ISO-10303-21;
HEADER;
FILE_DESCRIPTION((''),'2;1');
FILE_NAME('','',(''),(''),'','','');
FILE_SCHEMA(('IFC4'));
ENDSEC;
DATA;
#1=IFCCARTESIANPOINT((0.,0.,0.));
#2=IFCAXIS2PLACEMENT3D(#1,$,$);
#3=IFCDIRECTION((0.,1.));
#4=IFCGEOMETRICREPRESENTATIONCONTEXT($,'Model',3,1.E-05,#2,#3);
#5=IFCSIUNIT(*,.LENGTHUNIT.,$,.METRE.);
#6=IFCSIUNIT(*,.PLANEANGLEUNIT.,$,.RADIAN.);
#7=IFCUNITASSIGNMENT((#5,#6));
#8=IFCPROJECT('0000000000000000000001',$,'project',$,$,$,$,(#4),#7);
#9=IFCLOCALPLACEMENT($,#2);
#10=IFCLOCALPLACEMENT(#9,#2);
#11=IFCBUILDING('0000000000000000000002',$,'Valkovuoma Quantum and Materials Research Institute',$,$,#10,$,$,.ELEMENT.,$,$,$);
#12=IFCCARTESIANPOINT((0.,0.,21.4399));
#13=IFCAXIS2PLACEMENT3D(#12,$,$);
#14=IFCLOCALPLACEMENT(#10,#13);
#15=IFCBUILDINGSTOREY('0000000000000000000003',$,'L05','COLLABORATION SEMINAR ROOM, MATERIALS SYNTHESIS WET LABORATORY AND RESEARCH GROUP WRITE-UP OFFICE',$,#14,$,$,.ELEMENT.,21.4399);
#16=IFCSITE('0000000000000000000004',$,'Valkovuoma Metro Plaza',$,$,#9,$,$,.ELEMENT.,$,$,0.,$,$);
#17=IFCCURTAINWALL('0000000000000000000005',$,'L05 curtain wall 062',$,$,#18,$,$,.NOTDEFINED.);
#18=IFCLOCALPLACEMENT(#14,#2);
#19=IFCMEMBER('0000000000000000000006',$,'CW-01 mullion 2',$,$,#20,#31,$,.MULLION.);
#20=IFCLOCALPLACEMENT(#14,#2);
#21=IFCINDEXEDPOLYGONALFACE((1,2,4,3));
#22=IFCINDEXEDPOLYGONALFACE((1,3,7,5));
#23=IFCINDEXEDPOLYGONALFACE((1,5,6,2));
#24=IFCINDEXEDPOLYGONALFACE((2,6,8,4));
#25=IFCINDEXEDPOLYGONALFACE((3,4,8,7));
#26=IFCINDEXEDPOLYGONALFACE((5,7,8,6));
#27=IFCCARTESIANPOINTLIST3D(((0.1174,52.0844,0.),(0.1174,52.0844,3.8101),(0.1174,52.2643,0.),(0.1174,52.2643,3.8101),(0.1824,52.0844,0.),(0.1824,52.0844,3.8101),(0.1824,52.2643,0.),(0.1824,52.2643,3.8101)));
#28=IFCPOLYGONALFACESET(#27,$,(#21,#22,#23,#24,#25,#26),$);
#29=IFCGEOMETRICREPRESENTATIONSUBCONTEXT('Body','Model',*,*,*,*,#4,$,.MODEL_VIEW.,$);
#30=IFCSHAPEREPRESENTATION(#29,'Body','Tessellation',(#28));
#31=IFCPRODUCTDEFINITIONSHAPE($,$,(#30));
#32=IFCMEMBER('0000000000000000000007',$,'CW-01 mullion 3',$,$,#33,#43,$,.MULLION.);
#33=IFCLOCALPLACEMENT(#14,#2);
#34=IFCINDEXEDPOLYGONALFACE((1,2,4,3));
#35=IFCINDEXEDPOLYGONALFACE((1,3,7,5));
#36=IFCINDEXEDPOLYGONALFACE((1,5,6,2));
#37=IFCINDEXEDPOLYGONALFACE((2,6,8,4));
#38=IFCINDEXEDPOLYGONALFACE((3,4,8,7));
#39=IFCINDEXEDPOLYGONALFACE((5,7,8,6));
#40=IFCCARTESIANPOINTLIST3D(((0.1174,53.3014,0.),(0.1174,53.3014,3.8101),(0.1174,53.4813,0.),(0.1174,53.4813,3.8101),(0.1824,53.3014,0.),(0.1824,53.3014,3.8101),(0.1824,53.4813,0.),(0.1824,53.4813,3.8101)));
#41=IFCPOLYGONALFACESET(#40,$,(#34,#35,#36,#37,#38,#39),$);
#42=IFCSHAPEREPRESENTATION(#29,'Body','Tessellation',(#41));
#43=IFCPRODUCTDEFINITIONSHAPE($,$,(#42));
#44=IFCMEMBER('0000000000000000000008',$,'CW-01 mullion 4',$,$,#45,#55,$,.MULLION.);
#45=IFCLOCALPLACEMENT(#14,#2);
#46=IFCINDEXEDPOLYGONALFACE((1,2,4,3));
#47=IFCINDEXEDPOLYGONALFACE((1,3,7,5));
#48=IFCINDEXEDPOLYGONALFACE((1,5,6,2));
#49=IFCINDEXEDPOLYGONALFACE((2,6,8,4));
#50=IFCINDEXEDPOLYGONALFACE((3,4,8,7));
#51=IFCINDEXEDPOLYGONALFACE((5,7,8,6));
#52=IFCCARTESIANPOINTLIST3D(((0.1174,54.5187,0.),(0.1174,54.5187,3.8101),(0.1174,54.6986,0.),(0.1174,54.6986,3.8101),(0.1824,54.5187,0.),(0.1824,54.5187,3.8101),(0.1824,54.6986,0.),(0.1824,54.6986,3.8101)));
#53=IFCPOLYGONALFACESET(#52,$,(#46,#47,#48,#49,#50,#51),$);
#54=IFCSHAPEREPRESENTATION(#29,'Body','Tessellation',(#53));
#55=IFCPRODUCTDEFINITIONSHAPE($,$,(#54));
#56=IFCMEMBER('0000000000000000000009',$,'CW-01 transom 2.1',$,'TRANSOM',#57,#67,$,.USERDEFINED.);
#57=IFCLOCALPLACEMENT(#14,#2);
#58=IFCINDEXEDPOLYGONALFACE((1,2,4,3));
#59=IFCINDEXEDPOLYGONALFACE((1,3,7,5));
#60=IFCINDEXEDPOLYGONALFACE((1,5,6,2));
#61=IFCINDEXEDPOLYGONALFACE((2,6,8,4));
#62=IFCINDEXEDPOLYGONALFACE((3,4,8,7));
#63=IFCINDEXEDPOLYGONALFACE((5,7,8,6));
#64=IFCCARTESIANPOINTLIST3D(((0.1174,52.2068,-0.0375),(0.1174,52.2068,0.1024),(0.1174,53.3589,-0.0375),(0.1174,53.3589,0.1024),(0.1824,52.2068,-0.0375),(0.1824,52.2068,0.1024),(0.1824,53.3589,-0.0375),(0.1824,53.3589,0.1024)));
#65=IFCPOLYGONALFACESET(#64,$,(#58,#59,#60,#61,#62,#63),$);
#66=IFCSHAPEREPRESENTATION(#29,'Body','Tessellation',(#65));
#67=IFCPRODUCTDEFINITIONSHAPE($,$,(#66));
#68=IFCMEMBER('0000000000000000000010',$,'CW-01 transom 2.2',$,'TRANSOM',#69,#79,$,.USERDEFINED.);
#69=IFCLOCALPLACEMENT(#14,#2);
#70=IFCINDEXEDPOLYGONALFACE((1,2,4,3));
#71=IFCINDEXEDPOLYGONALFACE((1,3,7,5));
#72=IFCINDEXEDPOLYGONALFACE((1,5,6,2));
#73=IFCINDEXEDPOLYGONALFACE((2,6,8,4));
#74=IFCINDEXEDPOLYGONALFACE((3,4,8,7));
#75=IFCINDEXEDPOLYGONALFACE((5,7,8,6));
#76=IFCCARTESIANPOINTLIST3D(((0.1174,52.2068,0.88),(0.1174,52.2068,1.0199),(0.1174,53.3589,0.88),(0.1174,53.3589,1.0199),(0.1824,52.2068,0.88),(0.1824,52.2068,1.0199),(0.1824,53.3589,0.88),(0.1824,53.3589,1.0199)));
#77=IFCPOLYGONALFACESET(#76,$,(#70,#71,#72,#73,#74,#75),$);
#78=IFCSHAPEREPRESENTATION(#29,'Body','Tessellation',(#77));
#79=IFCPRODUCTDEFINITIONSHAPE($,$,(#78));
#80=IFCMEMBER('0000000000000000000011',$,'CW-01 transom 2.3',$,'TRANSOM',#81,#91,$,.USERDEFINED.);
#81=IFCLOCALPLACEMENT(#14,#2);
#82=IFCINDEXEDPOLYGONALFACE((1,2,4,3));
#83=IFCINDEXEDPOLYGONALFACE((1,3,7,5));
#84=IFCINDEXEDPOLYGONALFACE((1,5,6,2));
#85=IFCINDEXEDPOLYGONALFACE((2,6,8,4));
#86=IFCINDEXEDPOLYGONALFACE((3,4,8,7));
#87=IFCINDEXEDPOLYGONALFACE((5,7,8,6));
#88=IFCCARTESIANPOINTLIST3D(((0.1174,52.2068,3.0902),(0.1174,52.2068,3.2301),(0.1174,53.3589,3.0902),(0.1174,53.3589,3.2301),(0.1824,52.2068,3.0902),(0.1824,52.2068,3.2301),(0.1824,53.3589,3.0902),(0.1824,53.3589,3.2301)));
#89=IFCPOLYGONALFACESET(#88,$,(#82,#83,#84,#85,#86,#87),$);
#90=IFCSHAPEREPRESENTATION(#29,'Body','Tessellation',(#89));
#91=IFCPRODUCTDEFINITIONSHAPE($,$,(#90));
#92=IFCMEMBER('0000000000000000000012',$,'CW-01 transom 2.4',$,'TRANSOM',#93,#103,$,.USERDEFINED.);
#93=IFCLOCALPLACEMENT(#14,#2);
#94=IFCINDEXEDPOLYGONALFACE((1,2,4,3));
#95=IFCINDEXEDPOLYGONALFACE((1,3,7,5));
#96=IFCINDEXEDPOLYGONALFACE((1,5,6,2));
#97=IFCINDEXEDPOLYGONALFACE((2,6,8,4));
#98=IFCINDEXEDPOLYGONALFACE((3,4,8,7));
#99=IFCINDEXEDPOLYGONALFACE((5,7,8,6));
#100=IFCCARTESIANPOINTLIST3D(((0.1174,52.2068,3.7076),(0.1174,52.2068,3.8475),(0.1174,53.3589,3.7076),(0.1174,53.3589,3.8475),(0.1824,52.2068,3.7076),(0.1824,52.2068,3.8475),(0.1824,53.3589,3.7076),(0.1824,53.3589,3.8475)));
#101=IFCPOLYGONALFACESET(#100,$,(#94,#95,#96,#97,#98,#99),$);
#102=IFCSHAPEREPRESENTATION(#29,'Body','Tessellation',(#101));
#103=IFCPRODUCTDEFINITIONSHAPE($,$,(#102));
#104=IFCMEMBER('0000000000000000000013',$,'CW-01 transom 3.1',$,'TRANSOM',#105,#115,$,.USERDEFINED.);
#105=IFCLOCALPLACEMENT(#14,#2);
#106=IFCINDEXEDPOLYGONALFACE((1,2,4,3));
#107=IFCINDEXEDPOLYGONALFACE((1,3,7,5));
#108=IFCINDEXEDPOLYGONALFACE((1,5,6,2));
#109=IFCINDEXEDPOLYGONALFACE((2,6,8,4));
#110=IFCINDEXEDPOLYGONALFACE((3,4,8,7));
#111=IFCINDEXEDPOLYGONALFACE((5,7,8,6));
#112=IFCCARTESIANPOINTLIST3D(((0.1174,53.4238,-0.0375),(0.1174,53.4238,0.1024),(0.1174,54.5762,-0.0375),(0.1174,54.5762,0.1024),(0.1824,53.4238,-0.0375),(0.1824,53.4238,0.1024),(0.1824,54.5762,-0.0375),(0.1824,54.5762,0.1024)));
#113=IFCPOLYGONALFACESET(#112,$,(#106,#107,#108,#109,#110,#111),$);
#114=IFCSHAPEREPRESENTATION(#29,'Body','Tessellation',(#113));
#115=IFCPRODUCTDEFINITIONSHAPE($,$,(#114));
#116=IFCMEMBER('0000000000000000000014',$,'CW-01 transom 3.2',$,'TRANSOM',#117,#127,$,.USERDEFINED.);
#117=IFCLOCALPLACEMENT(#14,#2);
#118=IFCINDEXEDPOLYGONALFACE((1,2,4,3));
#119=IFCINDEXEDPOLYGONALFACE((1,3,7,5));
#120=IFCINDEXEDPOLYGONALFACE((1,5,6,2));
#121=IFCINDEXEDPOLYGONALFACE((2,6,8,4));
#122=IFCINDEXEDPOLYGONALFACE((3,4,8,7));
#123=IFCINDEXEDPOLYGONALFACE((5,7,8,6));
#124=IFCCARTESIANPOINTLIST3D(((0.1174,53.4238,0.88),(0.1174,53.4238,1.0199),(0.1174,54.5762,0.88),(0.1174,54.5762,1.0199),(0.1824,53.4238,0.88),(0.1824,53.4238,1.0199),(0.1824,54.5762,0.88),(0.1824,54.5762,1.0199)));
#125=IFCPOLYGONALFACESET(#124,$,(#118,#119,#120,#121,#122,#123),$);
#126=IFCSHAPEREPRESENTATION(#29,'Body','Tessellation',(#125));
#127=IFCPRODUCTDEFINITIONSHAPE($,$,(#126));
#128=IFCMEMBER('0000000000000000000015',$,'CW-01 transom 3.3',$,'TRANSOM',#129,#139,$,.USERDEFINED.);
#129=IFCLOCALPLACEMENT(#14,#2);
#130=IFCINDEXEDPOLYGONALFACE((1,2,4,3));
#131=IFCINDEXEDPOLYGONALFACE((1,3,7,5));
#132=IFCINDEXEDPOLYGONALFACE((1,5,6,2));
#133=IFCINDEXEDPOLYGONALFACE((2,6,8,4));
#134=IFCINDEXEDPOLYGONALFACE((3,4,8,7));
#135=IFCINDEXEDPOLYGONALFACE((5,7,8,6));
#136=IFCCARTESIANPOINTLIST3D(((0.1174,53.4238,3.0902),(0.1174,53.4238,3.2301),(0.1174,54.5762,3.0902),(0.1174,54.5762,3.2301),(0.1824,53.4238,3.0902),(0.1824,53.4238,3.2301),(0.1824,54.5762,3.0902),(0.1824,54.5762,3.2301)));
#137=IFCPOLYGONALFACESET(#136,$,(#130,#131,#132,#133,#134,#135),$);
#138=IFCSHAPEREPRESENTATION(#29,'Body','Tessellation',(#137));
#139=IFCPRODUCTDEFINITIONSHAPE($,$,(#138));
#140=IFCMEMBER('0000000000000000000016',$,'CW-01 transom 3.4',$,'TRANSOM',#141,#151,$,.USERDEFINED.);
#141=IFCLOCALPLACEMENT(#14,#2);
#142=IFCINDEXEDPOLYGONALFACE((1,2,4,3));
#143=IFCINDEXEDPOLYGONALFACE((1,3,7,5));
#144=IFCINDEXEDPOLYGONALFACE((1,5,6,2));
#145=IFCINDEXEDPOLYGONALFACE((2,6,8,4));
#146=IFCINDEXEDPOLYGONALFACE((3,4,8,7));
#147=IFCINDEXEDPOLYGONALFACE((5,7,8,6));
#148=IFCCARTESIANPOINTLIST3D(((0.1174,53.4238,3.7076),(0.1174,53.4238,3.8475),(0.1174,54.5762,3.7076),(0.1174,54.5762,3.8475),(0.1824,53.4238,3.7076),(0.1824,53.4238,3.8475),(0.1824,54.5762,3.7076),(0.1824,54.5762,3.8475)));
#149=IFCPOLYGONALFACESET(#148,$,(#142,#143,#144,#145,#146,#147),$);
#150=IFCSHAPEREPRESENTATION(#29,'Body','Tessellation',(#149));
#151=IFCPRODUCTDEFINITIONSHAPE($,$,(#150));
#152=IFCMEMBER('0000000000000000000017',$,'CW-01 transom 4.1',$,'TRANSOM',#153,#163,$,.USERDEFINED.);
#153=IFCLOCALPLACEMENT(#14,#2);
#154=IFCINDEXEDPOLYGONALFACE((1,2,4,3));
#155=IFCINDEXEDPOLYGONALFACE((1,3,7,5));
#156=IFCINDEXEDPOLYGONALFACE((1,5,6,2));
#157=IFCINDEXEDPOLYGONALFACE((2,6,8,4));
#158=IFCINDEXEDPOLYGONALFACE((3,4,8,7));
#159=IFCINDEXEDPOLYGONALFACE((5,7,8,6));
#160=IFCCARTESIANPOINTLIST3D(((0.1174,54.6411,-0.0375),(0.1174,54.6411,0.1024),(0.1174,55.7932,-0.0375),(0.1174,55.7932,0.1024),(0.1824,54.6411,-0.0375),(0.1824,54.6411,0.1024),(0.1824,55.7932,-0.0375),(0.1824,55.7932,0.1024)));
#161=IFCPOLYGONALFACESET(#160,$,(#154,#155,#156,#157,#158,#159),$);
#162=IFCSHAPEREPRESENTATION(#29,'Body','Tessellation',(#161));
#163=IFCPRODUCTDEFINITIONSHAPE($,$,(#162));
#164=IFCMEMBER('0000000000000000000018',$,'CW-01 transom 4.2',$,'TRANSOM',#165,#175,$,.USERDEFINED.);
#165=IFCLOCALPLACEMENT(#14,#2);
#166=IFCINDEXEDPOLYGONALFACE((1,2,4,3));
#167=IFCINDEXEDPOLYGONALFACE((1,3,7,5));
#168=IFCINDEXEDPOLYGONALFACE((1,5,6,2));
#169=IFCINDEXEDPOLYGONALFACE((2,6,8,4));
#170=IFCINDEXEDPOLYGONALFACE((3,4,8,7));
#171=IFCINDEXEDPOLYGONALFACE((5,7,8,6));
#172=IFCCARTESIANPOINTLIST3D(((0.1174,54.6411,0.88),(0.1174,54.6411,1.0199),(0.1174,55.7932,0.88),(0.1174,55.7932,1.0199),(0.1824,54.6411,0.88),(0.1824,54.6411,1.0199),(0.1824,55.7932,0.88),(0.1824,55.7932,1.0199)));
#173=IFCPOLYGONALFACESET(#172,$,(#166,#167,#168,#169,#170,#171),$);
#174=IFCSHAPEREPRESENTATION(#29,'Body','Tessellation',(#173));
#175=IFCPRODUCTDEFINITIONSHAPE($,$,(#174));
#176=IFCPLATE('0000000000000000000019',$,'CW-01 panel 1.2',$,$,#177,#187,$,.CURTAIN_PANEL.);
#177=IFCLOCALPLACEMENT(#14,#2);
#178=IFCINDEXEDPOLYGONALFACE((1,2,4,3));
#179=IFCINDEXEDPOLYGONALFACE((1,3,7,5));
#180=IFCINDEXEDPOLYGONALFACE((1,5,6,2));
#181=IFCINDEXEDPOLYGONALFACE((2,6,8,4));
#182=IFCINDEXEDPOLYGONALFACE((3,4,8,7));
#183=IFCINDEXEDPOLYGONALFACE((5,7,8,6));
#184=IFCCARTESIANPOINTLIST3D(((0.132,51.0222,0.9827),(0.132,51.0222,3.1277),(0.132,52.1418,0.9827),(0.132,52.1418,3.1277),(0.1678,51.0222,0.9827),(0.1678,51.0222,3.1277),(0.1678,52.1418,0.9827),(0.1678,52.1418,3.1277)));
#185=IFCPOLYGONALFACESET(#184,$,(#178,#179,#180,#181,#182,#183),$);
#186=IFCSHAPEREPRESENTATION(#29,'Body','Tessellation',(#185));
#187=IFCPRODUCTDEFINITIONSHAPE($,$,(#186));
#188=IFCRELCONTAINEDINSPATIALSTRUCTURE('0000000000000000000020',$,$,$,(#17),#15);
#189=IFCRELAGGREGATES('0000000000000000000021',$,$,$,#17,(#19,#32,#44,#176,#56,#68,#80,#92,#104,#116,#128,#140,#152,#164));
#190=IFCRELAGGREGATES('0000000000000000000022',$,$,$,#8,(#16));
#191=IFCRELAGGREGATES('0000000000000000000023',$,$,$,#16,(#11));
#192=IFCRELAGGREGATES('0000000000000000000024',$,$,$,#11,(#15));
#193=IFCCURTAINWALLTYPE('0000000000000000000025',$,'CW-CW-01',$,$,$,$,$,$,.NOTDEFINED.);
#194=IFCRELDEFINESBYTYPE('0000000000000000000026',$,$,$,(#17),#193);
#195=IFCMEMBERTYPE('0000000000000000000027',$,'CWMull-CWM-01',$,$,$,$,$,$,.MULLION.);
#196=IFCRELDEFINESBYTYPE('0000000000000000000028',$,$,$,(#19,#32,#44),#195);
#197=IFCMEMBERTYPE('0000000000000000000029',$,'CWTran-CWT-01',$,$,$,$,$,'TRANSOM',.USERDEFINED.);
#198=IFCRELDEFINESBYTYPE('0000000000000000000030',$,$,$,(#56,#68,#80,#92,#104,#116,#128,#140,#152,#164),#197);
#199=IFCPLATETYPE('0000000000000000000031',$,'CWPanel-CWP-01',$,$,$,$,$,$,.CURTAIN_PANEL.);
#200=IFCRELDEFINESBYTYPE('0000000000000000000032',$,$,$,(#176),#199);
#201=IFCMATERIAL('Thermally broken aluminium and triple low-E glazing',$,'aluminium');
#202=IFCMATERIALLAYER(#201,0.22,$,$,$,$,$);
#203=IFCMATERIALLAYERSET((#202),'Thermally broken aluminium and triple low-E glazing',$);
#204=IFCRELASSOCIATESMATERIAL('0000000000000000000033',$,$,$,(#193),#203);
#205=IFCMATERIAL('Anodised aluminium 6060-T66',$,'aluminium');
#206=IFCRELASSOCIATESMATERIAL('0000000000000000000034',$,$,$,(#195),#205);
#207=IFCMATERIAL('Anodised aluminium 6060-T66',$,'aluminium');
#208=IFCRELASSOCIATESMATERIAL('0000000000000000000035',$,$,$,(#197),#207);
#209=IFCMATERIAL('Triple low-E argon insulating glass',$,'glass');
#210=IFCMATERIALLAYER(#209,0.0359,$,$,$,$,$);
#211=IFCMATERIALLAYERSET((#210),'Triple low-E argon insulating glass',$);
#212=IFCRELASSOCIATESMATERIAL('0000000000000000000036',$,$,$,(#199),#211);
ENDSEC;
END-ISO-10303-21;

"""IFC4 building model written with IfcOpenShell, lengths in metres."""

from ifc_helpers import new_model, si_unit, direction, frame, origin, origin_2d, place, context, subcontext, project, spatial, rectangle, extrude, material, layer, layer_set, material_profile, profile_set, type_object, element, aggregate, save


model = new_model("IFC4")

# Units and contexts
model_context = context("Model", 3, precision=1e-05, world=origin(), true_north=direction((0.0, 1.0)))
body_context = subcontext(model_context, "Body", "Model", "MODEL_VIEW")
ifc_project = project(units=[si_unit("LENGTHUNIT", "METRE"), si_unit("PLANEANGLEUNIT", "RADIAN")], contexts=[model_context])

# Site, building, storey
site_placement = place(None, origin())
site = spatial("IfcSite", under=ifc_project, at=site_placement, Name="Valkovuoma Metro Plaza", CompositionType="ELEMENT", RefElevation=0.0)
building_placement = place(site_placement, origin())
building = spatial("IfcBuilding", under=site, at=building_placement, Name="Valkovuoma Quantum and Materials Research Institute", CompositionType="ELEMENT")
storey_placement = place(building_placement, frame((0.0, 0.0, 21.4399)))
storey = spatial("IfcBuildingStorey", under=building, at=storey_placement, Name="L05", Description="COLLABORATION SEMINAR ROOM, MATERIALS SYNTHESIS WET LABORATORY AND RESEARCH GROUP WRITE-UP OFFICE", CompositionType="ELEMENT", Elevation=21.4399)

# Curtain wall, members, plate
ifc_material_1 = material(Name="Thermally broken aluminium and triple low-E glazing", Category="aluminium")
ifc_layer_1 = layer(ifc_material_1, 0.22)
ifc_layer_set_1 = layer_set([ifc_layer_1], Name="Thermally broken aluminium and triple low-E glazing")
curtain_wall_type = type_object("IfcCurtainWallType", Name="CW-CW-01", PredefinedType="NOTDEFINED", material=ifc_layer_set_1)
curtain_wall_placement = place(storey_placement, origin())
curtain_wall = element("IfcCurtainWall", 1, at=curtain_wall_placement, inside=storey, type_object=curtain_wall_type, Name="L05 curtain wall 062", PredefinedType="NOTDEFINED")
ifc_material_2 = material(Name="Anodised aluminium 6060-T66", Category="aluminium")
ifc_material_profile_1 = material_profile(ifc_material_2, rectangle(XDim=0.0649, YDim=0.1799, at=origin_2d()), Name="Anodised aluminium 6060-T66")
ifc_profile_set_1 = profile_set([ifc_material_profile_1], Name="Anodised aluminium 6060-T66")
member_type_1 = type_object("IfcMemberType", Name="CWMull-CWM-01", PredefinedType="MULLION", material=ifc_profile_set_1)
member_1_placement = place(storey_placement, frame((0.1499, 52.1743, 0.0), z_axis=(0.0, 0.0, 1.0), x_axis=(-1.0, 0.0, 0.0)))
member_1 = element("IfcMember", 2, at=member_1_placement, type_object=member_type_1, Name="CW-01 mullion 2", PredefinedType="MULLION", context=body_context, shape_type="SweptSolid", body=[
    extrude(rectangle(XDim=0.0649, YDim=0.1799, at=origin_2d()), origin(), (0.0, 0.0, 1.0), 3.8101),
])
member_2_placement = place(storey_placement, frame((0.1499, 53.3914, 0.0), z_axis=(0.0, 0.0, 1.0), x_axis=(-1.0, 0.0, 0.0)))
member_2 = element("IfcMember", 3, at=member_2_placement, type_object=member_type_1, Name="CW-01 mullion 3", PredefinedType="MULLION", context=body_context, shape_type="SweptSolid", body=[
    extrude(rectangle(XDim=0.0649, YDim=0.1799, at=origin_2d()), origin(), (0.0, 0.0, 1.0), 3.8101),
])
member_3_placement = place(storey_placement, frame((0.1499, 54.6086, 0.0), z_axis=(0.0, 0.0, 1.0), x_axis=(-1.0, 0.0, 0.0)))
member_3 = element("IfcMember", 4, at=member_3_placement, type_object=member_type_1, Name="CW-01 mullion 4", PredefinedType="MULLION", context=body_context, shape_type="SweptSolid", body=[
    extrude(rectangle(XDim=0.0649, YDim=0.1799, at=origin_2d()), origin(), (0.0, 0.0, 1.0), 3.8101),
])
ifc_material_3 = material(Name="Anodised aluminium 6060-T66", Category="aluminium")
ifc_material_profile_2 = material_profile(ifc_material_3, rectangle(XDim=0.0649, YDim=0.1399, at=origin_2d()), Name="Anodised aluminium 6060-T66")
ifc_profile_set_2 = profile_set([ifc_material_profile_2], Name="Anodised aluminium 6060-T66")
member_type_2 = type_object("IfcMemberType", Name="CWTran-CWT-01", ElementType="TRANSOM", PredefinedType="USERDEFINED", material=ifc_profile_set_2)
member_4_placement = place(storey_placement, frame((0.1499, 52.2068, 0.0325), z_axis=(0.0, 1.0, 0.0), x_axis=(-1.0, 0.0, 0.0)))
member_4 = element("IfcMember", 5, at=member_4_placement, type_object=member_type_2, Name="CW-01 transom 2.1", ObjectType="TRANSOM", PredefinedType="USERDEFINED", context=body_context, shape_type="SweptSolid", body=[
    extrude(rectangle(XDim=0.0649, YDim=0.1399, at=origin_2d()), origin(), (0.0, 0.0, 1.0), 1.1521),
])
member_5_placement = place(storey_placement, frame((0.1499, 52.2068, 0.95), z_axis=(0.0, 1.0, 0.0), x_axis=(-1.0, 0.0, 0.0)))
member_5 = element("IfcMember", 6, at=member_5_placement, type_object=member_type_2, Name="CW-01 transom 2.2", ObjectType="TRANSOM", PredefinedType="USERDEFINED", context=body_context, shape_type="SweptSolid", body=[
    extrude(rectangle(XDim=0.0649, YDim=0.1399, at=origin_2d()), origin(), (0.0, 0.0, 1.0), 1.1521),
])
member_6_placement = place(storey_placement, frame((0.1499, 52.2068, 3.1602), z_axis=(0.0, 1.0, 0.0), x_axis=(-1.0, 0.0, 0.0)))
member_6 = element("IfcMember", 7, at=member_6_placement, type_object=member_type_2, Name="CW-01 transom 2.3", ObjectType="TRANSOM", PredefinedType="USERDEFINED", context=body_context, shape_type="SweptSolid", body=[
    extrude(rectangle(XDim=0.0649, YDim=0.1399, at=origin_2d()), origin(), (0.0, 0.0, 1.0), 1.1521),
])
member_7_placement = place(storey_placement, frame((0.1499, 52.2068, 3.7776), z_axis=(0.0, 1.0, 0.0), x_axis=(-1.0, 0.0, 0.0)))
member_7 = element("IfcMember", 8, at=member_7_placement, type_object=member_type_2, Name="CW-01 transom 2.4", ObjectType="TRANSOM", PredefinedType="USERDEFINED", context=body_context, shape_type="SweptSolid", body=[
    extrude(rectangle(XDim=0.0649, YDim=0.1399, at=origin_2d()), origin(), (0.0, 0.0, 1.0), 1.1521),
])
member_8_placement = place(storey_placement, frame((0.1499, 53.4238, 0.0325), z_axis=(0.0, 1.0, 0.0), x_axis=(-1.0, 0.0, 0.0)))
member_8 = element("IfcMember", 9, at=member_8_placement, type_object=member_type_2, Name="CW-01 transom 3.1", ObjectType="TRANSOM", PredefinedType="USERDEFINED", context=body_context, shape_type="SweptSolid", body=[
    extrude(rectangle(XDim=0.0649, YDim=0.1399, at=origin_2d()), origin(), (0.0, 0.0, 1.0), 1.1523),
])
member_9_placement = place(storey_placement, frame((0.1499, 53.4238, 0.95), z_axis=(0.0, 1.0, 0.0), x_axis=(-1.0, 0.0, 0.0)))
member_9 = element("IfcMember", 10, at=member_9_placement, type_object=member_type_2, Name="CW-01 transom 3.2", ObjectType="TRANSOM", PredefinedType="USERDEFINED", context=body_context, shape_type="SweptSolid", body=[
    extrude(rectangle(XDim=0.0649, YDim=0.1399, at=origin_2d()), origin(), (0.0, 0.0, 1.0), 1.1523),
])
member_10_placement = place(storey_placement, frame((0.1499, 53.4238, 3.1602), z_axis=(0.0, 1.0, 0.0), x_axis=(-1.0, 0.0, 0.0)))
member_10 = element("IfcMember", 11, at=member_10_placement, type_object=member_type_2, Name="CW-01 transom 3.3", ObjectType="TRANSOM", PredefinedType="USERDEFINED", context=body_context, shape_type="SweptSolid", body=[
    extrude(rectangle(XDim=0.0649, YDim=0.1399, at=origin_2d()), origin(), (0.0, 0.0, 1.0), 1.1523),
])
member_11_placement = place(storey_placement, frame((0.1499, 53.4238, 3.7776), z_axis=(0.0, 1.0, 0.0), x_axis=(-1.0, 0.0, 0.0)))
member_11 = element("IfcMember", 12, at=member_11_placement, type_object=member_type_2, Name="CW-01 transom 3.4", ObjectType="TRANSOM", PredefinedType="USERDEFINED", context=body_context, shape_type="SweptSolid", body=[
    extrude(rectangle(XDim=0.0649, YDim=0.1399, at=origin_2d()), origin(), (0.0, 0.0, 1.0), 1.1523),
])
member_12_placement = place(storey_placement, frame((0.1499, 54.6411, 0.0325), z_axis=(0.0, 1.0, 0.0), x_axis=(-1.0, 0.0, 0.0)))
member_12 = element("IfcMember", 13, at=member_12_placement, type_object=member_type_2, Name="CW-01 transom 4.1", ObjectType="TRANSOM", PredefinedType="USERDEFINED", context=body_context, shape_type="SweptSolid", body=[
    extrude(rectangle(XDim=0.0649, YDim=0.1399, at=origin_2d()), origin(), (0.0, 0.0, 1.0), 1.1521),
])
member_13_placement = place(storey_placement, frame((0.1499, 54.6411, 0.95), z_axis=(0.0, 1.0, 0.0), x_axis=(-1.0, 0.0, 0.0)))
member_13 = element("IfcMember", 14, at=member_13_placement, type_object=member_type_2, Name="CW-01 transom 4.2", ObjectType="TRANSOM", PredefinedType="USERDEFINED", context=body_context, shape_type="SweptSolid", body=[
    extrude(rectangle(XDim=0.0649, YDim=0.1399, at=origin_2d()), origin(), (0.0, 0.0, 1.0), 1.1521),
])
ifc_material_4 = material(Name="Triple low-E argon insulating glass", Category="glass")
ifc_layer_2 = layer(ifc_material_4, 0.0359)
ifc_layer_set_2 = layer_set([ifc_layer_2], Name="Triple low-E argon insulating glass")
plate_type = type_object("IfcPlateType", Name="CWPanel-CWP-01", PredefinedType="CURTAIN_PANEL", material=ifc_layer_set_2)
plate_1_placement = place(storey_placement, frame((0.1499, 51.582, 0.9827), z_axis=(0.0, 0.0, 1.0), x_axis=(0.0, 1.0, 0.0)))
plate_1 = element("IfcPlate", 15, at=plate_1_placement, type_object=plate_type, Name="CW-01 panel 1.2", PredefinedType="CURTAIN_PANEL", context=body_context, shape_type="SweptSolid", body=[
    extrude(rectangle(XDim=1.1196, YDim=0.0359, at=origin_2d()), origin(), (0.0, 0.0, 1.0), 2.145),
])
aggregate(curtain_wall, [member_1, member_2, member_3, plate_1, member_4, member_5, member_6, member_7, member_8, member_9, member_10, member_11, member_12, member_13])

save(model, "model.ifc")
